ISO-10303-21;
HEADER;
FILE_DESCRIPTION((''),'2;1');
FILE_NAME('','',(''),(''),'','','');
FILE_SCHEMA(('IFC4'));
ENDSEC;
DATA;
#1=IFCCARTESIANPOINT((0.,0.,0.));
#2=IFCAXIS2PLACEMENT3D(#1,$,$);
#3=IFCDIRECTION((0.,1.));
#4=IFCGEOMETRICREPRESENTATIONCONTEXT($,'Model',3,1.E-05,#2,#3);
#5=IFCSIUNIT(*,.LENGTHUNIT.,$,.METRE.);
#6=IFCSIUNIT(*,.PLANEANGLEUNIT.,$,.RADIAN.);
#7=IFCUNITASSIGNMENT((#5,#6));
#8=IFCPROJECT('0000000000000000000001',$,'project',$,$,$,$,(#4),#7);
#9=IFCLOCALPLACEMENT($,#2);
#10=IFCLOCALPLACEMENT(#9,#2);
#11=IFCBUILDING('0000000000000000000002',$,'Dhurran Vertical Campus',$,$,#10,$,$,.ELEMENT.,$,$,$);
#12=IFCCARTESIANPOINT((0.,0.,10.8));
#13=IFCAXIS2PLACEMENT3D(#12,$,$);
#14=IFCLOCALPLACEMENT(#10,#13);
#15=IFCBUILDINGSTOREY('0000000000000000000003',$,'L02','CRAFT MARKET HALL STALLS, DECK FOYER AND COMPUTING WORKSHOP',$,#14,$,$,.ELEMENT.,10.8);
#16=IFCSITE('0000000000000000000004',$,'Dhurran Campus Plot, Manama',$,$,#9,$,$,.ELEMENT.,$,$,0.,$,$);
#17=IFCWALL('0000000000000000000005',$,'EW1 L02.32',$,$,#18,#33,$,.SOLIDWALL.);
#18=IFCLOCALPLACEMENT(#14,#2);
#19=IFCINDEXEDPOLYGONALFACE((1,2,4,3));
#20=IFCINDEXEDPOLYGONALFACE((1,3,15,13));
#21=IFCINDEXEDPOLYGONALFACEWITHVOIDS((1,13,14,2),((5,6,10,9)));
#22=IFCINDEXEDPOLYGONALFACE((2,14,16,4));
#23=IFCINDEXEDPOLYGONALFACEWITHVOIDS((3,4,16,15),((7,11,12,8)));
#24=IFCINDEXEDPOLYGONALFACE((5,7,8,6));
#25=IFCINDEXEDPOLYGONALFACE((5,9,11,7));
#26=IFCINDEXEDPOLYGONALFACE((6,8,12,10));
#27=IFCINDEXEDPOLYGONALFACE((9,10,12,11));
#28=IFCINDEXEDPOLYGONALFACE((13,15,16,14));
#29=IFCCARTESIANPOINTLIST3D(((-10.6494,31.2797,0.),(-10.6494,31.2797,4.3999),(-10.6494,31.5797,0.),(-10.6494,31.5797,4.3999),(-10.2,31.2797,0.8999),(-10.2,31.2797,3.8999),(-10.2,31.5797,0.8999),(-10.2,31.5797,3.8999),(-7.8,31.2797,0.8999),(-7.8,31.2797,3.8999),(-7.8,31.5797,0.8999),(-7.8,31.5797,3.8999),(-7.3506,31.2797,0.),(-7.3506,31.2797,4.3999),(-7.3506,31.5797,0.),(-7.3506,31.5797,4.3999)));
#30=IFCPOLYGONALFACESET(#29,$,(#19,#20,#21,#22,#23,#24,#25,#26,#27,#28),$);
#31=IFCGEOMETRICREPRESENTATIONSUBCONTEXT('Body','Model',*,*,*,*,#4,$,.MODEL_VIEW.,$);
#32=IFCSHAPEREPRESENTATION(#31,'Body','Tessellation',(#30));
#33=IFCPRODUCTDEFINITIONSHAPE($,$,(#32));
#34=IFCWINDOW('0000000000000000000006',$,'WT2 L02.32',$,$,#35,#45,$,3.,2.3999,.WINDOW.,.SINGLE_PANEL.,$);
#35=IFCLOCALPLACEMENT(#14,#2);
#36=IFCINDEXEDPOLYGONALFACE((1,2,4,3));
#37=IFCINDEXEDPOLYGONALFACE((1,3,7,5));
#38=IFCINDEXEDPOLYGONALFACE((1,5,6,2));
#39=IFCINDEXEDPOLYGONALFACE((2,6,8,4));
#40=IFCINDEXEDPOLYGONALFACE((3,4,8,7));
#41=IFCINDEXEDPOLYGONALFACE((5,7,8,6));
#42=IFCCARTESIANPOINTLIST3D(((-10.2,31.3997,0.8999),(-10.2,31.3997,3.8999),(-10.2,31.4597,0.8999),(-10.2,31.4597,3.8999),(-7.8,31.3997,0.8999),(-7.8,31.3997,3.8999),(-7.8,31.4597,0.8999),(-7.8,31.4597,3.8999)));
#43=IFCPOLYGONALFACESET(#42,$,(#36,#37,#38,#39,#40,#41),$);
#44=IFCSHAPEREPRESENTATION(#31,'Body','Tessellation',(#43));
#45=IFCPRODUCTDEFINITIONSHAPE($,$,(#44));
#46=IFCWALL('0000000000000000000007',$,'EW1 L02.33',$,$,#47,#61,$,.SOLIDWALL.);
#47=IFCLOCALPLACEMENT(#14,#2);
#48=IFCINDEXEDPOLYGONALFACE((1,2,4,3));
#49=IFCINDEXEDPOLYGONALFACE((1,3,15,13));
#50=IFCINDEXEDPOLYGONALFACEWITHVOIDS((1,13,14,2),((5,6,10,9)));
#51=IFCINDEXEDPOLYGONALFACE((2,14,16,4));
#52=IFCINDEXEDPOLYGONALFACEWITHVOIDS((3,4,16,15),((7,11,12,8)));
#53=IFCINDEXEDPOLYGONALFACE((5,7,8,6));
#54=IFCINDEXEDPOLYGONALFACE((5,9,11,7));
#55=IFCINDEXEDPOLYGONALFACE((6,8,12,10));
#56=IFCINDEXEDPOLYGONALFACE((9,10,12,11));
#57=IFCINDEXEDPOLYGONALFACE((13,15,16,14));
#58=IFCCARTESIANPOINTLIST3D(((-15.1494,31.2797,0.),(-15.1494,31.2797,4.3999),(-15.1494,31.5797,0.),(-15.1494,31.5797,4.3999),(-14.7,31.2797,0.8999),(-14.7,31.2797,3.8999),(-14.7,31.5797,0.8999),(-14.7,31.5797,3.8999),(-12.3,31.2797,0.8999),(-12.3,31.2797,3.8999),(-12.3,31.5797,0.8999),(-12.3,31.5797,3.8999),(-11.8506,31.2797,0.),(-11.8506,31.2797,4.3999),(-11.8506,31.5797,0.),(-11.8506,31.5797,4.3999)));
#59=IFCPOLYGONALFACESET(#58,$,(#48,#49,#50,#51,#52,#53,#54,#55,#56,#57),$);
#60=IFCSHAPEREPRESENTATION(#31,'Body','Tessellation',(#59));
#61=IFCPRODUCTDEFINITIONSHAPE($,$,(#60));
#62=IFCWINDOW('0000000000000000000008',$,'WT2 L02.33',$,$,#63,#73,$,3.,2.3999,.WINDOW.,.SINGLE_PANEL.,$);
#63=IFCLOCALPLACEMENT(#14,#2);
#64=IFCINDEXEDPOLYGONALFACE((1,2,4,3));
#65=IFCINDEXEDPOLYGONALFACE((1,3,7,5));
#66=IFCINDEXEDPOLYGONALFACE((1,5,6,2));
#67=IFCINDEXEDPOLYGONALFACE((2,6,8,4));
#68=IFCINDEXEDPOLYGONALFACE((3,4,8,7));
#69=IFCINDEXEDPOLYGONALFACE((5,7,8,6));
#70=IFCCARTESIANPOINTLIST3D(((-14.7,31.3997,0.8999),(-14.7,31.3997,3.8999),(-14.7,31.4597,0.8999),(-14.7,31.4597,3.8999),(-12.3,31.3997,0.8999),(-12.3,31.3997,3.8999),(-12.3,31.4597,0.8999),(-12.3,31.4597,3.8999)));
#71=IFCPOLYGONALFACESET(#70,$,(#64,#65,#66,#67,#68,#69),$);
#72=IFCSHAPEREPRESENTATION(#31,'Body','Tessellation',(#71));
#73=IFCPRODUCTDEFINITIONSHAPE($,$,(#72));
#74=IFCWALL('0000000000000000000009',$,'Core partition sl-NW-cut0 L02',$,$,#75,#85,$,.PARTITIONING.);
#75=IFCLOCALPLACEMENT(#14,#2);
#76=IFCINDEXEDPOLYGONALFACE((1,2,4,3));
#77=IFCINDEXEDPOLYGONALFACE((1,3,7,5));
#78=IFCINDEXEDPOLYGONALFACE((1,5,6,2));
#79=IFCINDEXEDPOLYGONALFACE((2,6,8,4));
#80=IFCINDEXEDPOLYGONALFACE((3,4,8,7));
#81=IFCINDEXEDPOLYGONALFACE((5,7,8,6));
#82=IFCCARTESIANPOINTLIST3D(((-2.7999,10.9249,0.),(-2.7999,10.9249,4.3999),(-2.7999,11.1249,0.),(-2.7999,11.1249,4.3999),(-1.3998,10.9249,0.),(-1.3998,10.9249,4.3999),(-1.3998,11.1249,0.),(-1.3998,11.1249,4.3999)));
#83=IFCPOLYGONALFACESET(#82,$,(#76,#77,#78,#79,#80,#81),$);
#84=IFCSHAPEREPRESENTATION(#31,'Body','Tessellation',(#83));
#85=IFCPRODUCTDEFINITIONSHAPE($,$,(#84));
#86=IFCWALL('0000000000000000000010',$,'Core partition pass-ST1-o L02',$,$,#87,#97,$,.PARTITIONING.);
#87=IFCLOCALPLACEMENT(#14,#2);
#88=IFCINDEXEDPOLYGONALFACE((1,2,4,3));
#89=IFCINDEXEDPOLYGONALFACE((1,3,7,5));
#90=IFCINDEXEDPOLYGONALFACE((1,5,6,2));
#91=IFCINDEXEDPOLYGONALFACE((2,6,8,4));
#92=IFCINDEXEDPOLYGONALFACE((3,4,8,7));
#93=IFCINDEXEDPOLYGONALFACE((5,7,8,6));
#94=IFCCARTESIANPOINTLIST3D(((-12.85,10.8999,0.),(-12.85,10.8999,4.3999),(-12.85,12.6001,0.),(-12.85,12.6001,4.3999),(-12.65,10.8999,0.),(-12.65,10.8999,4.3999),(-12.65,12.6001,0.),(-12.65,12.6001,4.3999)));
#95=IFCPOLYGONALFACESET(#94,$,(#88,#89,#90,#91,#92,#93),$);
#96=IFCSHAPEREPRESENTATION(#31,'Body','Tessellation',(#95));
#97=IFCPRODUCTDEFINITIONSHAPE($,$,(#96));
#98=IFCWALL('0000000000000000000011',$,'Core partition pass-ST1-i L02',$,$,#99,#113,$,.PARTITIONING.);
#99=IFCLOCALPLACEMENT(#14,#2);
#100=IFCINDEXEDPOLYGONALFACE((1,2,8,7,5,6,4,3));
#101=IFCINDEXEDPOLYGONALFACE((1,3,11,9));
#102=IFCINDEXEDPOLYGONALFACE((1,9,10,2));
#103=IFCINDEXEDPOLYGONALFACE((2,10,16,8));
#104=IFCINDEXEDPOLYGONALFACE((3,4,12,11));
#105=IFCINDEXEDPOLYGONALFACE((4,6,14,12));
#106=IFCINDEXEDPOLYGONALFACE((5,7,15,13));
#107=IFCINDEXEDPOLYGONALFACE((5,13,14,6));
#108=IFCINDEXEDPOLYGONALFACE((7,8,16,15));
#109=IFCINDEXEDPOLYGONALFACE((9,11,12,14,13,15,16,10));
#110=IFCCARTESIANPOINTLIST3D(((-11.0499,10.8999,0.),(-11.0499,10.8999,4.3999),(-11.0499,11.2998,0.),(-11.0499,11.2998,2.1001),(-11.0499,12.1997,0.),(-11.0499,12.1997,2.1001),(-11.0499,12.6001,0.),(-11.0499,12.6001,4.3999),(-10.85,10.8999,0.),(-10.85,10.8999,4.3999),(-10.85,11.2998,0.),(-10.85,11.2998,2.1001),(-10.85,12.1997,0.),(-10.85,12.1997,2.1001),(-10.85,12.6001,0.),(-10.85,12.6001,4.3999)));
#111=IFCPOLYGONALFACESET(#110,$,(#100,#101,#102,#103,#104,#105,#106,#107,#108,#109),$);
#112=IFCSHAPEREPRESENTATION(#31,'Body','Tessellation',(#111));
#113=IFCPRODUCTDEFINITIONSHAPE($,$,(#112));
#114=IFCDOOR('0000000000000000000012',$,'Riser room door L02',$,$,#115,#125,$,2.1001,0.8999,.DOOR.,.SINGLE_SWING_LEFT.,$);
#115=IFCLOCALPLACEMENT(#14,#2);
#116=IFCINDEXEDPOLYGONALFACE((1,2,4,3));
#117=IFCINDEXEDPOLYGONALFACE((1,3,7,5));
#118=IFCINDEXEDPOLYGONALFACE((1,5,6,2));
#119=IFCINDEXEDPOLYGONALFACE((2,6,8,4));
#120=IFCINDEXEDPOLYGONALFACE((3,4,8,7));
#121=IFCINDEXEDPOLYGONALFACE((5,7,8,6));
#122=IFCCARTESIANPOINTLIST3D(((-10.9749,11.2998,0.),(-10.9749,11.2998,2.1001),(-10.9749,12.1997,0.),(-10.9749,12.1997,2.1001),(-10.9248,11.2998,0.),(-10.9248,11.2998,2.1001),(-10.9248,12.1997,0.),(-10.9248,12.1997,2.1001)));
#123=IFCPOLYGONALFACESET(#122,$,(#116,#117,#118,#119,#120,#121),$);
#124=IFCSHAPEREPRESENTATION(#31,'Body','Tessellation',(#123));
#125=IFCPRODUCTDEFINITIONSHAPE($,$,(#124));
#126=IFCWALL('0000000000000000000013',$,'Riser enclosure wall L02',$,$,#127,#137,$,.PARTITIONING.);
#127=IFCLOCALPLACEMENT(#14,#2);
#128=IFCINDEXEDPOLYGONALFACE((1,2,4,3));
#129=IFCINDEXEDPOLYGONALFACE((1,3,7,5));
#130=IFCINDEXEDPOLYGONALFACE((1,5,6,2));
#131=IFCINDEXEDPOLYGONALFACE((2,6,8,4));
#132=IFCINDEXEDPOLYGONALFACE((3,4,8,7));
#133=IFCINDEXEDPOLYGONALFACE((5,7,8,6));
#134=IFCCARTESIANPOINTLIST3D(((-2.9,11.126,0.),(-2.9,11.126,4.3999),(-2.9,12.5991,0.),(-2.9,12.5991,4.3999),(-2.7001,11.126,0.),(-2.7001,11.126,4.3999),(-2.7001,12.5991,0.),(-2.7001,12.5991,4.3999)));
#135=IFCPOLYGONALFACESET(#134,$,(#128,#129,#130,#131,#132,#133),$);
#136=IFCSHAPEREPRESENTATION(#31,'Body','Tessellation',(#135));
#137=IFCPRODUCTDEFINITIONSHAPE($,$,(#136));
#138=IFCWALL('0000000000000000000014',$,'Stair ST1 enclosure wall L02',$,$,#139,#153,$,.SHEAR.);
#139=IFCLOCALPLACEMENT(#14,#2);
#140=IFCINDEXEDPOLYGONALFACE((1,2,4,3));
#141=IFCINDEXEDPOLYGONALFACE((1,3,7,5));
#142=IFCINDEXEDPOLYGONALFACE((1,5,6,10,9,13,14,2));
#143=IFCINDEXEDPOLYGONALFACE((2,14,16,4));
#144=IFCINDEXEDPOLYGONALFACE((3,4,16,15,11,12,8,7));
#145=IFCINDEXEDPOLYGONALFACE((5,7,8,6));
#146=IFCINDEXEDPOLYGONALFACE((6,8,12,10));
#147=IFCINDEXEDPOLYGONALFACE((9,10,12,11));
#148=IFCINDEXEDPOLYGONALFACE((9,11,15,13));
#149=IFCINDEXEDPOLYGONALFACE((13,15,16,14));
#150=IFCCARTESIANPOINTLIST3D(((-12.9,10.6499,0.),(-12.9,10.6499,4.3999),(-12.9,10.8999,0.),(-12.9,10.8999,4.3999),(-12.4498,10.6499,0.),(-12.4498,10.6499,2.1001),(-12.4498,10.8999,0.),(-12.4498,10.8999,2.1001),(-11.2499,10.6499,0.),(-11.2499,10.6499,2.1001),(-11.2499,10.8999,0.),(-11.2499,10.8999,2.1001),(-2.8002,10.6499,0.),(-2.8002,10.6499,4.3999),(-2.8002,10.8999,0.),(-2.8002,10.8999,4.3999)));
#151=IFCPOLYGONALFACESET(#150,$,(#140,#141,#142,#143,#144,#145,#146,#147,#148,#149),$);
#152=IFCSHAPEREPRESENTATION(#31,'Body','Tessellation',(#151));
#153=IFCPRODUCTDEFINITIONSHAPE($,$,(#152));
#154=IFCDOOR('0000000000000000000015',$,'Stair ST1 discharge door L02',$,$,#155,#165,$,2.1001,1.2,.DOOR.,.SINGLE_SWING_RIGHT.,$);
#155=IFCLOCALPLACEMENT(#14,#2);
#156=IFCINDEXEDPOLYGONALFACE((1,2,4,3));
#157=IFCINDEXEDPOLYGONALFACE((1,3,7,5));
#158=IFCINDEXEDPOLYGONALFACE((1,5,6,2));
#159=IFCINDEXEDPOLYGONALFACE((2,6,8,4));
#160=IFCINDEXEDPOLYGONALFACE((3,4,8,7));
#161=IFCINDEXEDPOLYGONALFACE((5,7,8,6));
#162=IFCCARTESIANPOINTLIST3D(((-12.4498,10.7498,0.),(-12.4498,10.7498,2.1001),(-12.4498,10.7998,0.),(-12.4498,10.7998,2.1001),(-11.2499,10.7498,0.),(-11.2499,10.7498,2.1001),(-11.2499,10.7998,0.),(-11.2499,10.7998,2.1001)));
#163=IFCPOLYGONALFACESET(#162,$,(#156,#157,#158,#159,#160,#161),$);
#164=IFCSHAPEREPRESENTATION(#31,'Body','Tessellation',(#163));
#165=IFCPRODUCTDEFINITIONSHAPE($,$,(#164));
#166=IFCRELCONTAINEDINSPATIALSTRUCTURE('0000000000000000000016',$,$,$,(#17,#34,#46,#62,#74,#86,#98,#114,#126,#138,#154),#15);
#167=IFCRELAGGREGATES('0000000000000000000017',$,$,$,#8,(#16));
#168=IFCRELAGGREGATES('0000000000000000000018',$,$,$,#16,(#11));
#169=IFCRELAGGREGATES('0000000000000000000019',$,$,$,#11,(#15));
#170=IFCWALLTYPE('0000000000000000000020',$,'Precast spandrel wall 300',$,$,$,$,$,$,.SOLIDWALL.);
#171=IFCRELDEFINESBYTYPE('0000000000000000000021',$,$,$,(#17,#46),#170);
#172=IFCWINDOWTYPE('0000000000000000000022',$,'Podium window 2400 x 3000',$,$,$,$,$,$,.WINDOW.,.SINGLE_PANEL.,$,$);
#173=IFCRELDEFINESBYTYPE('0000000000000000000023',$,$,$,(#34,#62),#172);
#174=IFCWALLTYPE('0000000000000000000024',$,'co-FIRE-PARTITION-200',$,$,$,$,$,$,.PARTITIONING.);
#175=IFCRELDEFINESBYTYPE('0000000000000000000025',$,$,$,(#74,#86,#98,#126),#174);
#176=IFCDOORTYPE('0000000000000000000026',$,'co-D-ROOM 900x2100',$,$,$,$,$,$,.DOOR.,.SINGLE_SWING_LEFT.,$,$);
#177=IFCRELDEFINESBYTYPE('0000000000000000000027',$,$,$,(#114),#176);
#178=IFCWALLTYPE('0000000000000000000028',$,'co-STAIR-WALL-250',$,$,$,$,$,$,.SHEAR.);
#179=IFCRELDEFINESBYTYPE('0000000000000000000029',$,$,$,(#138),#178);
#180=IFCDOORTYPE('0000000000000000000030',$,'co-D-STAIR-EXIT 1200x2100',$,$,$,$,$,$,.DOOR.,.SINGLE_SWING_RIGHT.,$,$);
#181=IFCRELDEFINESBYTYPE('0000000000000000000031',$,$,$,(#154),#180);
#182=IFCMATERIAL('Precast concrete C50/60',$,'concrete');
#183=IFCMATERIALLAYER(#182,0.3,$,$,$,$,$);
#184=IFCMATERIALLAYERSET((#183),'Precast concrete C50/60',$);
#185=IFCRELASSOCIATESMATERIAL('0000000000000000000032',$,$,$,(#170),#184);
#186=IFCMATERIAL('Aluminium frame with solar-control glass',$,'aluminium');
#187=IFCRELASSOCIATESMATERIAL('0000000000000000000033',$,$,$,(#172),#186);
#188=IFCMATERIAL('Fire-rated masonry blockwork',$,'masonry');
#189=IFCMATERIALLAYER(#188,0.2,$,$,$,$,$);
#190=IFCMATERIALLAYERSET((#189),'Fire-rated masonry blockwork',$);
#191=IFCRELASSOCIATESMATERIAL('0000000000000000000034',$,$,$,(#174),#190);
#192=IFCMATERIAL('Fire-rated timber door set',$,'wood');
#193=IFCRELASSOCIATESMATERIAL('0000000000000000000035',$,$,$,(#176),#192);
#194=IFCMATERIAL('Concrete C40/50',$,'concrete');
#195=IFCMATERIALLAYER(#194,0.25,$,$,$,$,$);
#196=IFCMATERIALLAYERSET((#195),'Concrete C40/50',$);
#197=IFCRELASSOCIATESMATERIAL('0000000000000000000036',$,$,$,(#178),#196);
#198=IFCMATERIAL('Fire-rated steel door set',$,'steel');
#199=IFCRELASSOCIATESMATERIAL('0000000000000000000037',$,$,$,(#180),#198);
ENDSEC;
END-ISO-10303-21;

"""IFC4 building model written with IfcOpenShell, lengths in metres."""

from ifc_helpers import new_model, si_unit, direction, frame, frame_2d, origin, place, context, subcontext, project, spatial, rectangle, extrude, material, layer, layer_set, type_object, element, fill, save


model = new_model("IFC4")

# Units and contexts
model_context = context("Model", 3, precision=1e-05, world=origin(), true_north=direction((0.0, 1.0)))
body_context = subcontext(model_context, "Body", "Model", "MODEL_VIEW")
ifc_project = project(units=[si_unit("LENGTHUNIT", "METRE"), si_unit("PLANEANGLEUNIT", "RADIAN")], contexts=[model_context])

# Site, building, storey
site_placement = place(None, origin())
site = spatial("IfcSite", under=ifc_project, at=site_placement, Name="Dhurran Campus Plot, Manama", CompositionType="ELEMENT", RefElevation=0.0)
building_placement = place(site_placement, origin())
building = spatial("IfcBuilding", under=site, at=building_placement, Name="Dhurran Vertical Campus", CompositionType="ELEMENT")
storey_placement = place(building_placement, frame((0.0, 0.0, 10.8)))
storey = spatial("IfcBuildingStorey", under=building, at=storey_placement, Name="L02", Description="CRAFT MARKET HALL STALLS, DECK FOYER AND COMPUTING WORKSHOP", CompositionType="ELEMENT", Elevation=10.8)

# Shared definitions
ifc_material_1 = material(Name="Precast concrete C50/60", Category="concrete")
ifc_layer_1 = layer(ifc_material_1, 0.3)
ifc_layer_set_1 = layer_set([ifc_layer_1], Name="Precast concrete C50/60")
wall_type_1 = type_object("IfcWallType", Name="Precast spandrel wall 300", PredefinedType="SOLIDWALL", material=ifc_layer_set_1)

# Walls, openings, windows
ifc_material_2 = material(Name="Aluminium frame with solar-control glass", Category="aluminium")
window_type = type_object("IfcWindowType", Name="Podium window 2400 x 3000", PartitioningType="SINGLE_PANEL", PredefinedType="WINDOW", material=ifc_material_2)
wall_1_placement = place(storey_placement, frame((-7.3506, 31.4297, 0.0), z_axis=(0.0, 0.0, 1.0), x_axis=(-1.0, 0.0, 0.0)))
wall_1 = element("IfcWall", 1, at=wall_1_placement, inside=storey, type_object=wall_type_1, Name="EW1 L02.32", PredefinedType="SOLIDWALL", context=body_context, shape_type="SweptSolid", body=[
    extrude(rectangle(XDim=3.2988, YDim=0.3, at=frame_2d((1.6494, 0.0))), origin(), (0.0, 0.0, 1.0), 4.3999),
])
opening_1_placement = place(wall_1_placement, frame((0.4495, 0.0, 0.8999)))
opening_1 = element("IfcOpeningElement", 2, at=opening_1_placement, cuts=wall_1, PredefinedType="OPENING", context=body_context, shape_type="SweptSolid", body=[
    extrude(rectangle(XDim=2.3999, YDim=3.0, at=frame_2d((1.2, 1.5))), frame((0.0, 0.1599, 0.0), z_axis=(0.0, -1.0, 0.0), x_axis=(1.0, 0.0, 0.0)), (0.0, 0.0, 1.0), 0.3201),
])
window_1_placement = place(opening_1_placement, origin())
window_1 = element("IfcWindow", 3, at=window_1_placement, inside=storey, type_object=window_type, Name="WT2 L02.32", OverallHeight=3.0, OverallWidth=2.3999, PartitioningType="SINGLE_PANEL", PredefinedType="WINDOW", context=body_context, shape_type="SweptSolid", body=[
    extrude(rectangle(XDim=2.3999, YDim=3.0, at=frame_2d((1.2, 1.5))), frame((0.0, 0.03, 0.0), z_axis=(0.0, -1.0, 0.0), x_axis=(1.0, 0.0, 0.0)), (0.0, 0.0, 1.0), 0.0601),
])
fill(opening_1, window_1)
wall_2_placement = place(storey_placement, frame((-11.8506, 31.4297, 0.0), z_axis=(0.0, 0.0, 1.0), x_axis=(-1.0, 0.0, 0.0)))
wall_2 = element("IfcWall", 4, at=wall_2_placement, inside=storey, type_object=wall_type_1, Name="EW1 L02.33", PredefinedType="SOLIDWALL", context=body_context, shape_type="SweptSolid", body=[
    extrude(rectangle(XDim=3.2988, YDim=0.3, at=frame_2d((1.6494, 0.0))), origin(), (0.0, 0.0, 1.0), 4.3999),
])
opening_2_placement = place(wall_2_placement, frame((0.4495, 0.0, 0.8999)))
opening_2 = element("IfcOpeningElement", 5, at=opening_2_placement, cuts=wall_2, PredefinedType="OPENING", context=body_context, shape_type="SweptSolid", body=[
    extrude(rectangle(XDim=2.3999, YDim=3.0, at=frame_2d((1.2, 1.5))), frame((0.0, 0.1599, 0.0), z_axis=(0.0, -1.0, 0.0), x_axis=(1.0, 0.0, 0.0)), (0.0, 0.0, 1.0), 0.3201),
])
window_2_placement = place(opening_2_placement, origin())
window_2 = element("IfcWindow", 6, at=window_2_placement, inside=storey, type_object=window_type, Name="WT2 L02.33", OverallHeight=3.0, OverallWidth=2.3999, PartitioningType="SINGLE_PANEL", PredefinedType="WINDOW", context=body_context, shape_type="SweptSolid", body=[
    extrude(rectangle(XDim=2.3999, YDim=3.0, at=frame_2d((1.2, 1.5))), frame((0.0, 0.03, 0.0), z_axis=(0.0, -1.0, 0.0), x_axis=(1.0, 0.0, 0.0)), (0.0, 0.0, 1.0), 0.0601),
])
fill(opening_2, window_2)

# Walls
ifc_material_3 = material(Name="Fire-rated masonry blockwork", Category="masonry")
ifc_layer_2 = layer(ifc_material_3, 0.2)
ifc_layer_set_2 = layer_set([ifc_layer_2], Name="Fire-rated masonry blockwork")
wall_type_2 = type_object("IfcWallType", Name="co-FIRE-PARTITION-200", PredefinedType="PARTITIONING", material=ifc_layer_set_2)
wall_3_placement = place(storey_placement, frame((-2.8, 11.0249, 0.0), z_axis=(0.0, 0.0, 1.0), x_axis=(1.0, 0.0, 0.0)))
element("IfcWall", 7, at=wall_3_placement, inside=storey, type_object=wall_type_2, Name="Core partition sl-NW-cut0 L02", PredefinedType="PARTITIONING", context=body_context, shape_type="SweptSolid", body=[
    extrude(rectangle(XDim=1.4001, YDim=0.2, at=frame_2d((0.7002, 0.0))), origin(), (0.0, 0.0, 1.0), 4.3999),
])
wall_4_placement = place(storey_placement, frame((-12.75, 10.8999, 0.0), z_axis=(0.0, 0.0, 1.0), x_axis=(0.0, 1.0, 0.0)))
element("IfcWall", 8, at=wall_4_placement, inside=storey, type_object=wall_type_2, Name="Core partition pass-ST1-o L02", PredefinedType="PARTITIONING", context=body_context, shape_type="SweptSolid", body=[
    extrude(rectangle(XDim=1.7002, YDim=0.2, at=frame_2d((0.8501, 0.0))), origin(), (0.0, 0.0, 1.0), 4.3999),
])

# Wall, opening, door
wall_5_placement = place(storey_placement, frame((-10.95, 10.8999, 0.0), z_axis=(0.0, 0.0, 1.0), x_axis=(0.0, 1.0, 0.0)))
wall_5 = element("IfcWall", 9, at=wall_5_placement, inside=storey, type_object=wall_type_2, Name="Core partition pass-ST1-i L02", PredefinedType="PARTITIONING", context=body_context, shape_type="SweptSolid", body=[
    extrude(rectangle(XDim=1.7002, YDim=0.2, at=frame_2d((0.8501, 0.0))), origin(), (0.0, 0.0, 1.0), 4.3999),
])
opening_3_placement = place(wall_5_placement, frame((0.3999, 0.0, 0.0)))
opening_3 = element("IfcOpeningElement", 10, at=opening_3_placement, cuts=wall_5, PredefinedType="OPENING", context=body_context, shape_type="SweptSolid", body=[
    extrude(rectangle(XDim=0.8999, YDim=2.1001, at=frame_2d((0.45, 1.05))), frame((0.0, 0.1099, 0.0), z_axis=(0.0, -1.0, 0.0), x_axis=(1.0, 0.0, 0.0)), (0.0, 0.0, 1.0), 0.22),
])
ifc_material_4 = material(Name="Fire-rated timber door set", Category="wood")
door_type_1 = type_object("IfcDoorType", Name="co-D-ROOM 900x2100", OperationType="SINGLE_SWING_LEFT", PredefinedType="DOOR", material=ifc_material_4)
door_1_placement = place(opening_3_placement, origin())
door_1 = element("IfcDoor", 11, at=door_1_placement, inside=storey, type_object=door_type_1, Name="Riser room door L02", OperationType="SINGLE_SWING_LEFT", OverallHeight=2.1001, OverallWidth=0.8999, PredefinedType="DOOR", context=body_context, shape_type="SweptSolid", body=[
    extrude(rectangle(XDim=0.8999, YDim=2.1001, at=frame_2d((0.45, 1.05))), frame((0.0, 0.0249, 0.0), z_axis=(0.0, -1.0, 0.0), x_axis=(1.0, 0.0, 0.0)), (0.0, 0.0, 1.0), 0.05),
])
fill(opening_3, door_1)

# Wall
wall_6_placement = place(storey_placement, frame((-2.8, 11.126, 0.0), z_axis=(0.0, 0.0, 1.0), x_axis=(0.0, 1.0, 0.0)))
element("IfcWall", 12, at=wall_6_placement, inside=storey, type_object=wall_type_2, Name="Riser enclosure wall L02", PredefinedType="PARTITIONING", context=body_context, shape_type="SweptSolid", body=[
    extrude(rectangle(XDim=1.4731, YDim=0.2, at=frame_2d((0.7366, 0.0))), origin(), (0.0, 0.0, 1.0), 4.3999),
])

# Wall, opening, door
ifc_material_5 = material(Name="Concrete C40/50", Category="concrete")
ifc_layer_3 = layer(ifc_material_5, 0.25)
ifc_layer_set_3 = layer_set([ifc_layer_3], Name="Concrete C40/50")
wall_type_3 = type_object("IfcWallType", Name="co-STAIR-WALL-250", PredefinedType="SHEAR", material=ifc_layer_set_3)
wall_7_placement = place(storey_placement, frame((-12.8999, 10.7749, 0.0), z_axis=(0.0, 0.0, 1.0), x_axis=(1.0, 0.0, 0.0)))
wall_7 = element("IfcWall", 13, at=wall_7_placement, inside=storey, type_object=wall_type_3, Name="Stair ST1 enclosure wall L02", PredefinedType="SHEAR", context=body_context, shape_type="SweptSolid", body=[
    extrude(rectangle(XDim=10.0999, YDim=0.25, at=frame_2d((5.0498, 0.0))), origin(), (0.0, 0.0, 1.0), 4.3999),
])
opening_4_placement = place(wall_7_placement, frame((0.45, 0.0, 0.0)))
opening_4 = element("IfcOpeningElement", 14, at=opening_4_placement, cuts=wall_7, PredefinedType="OPENING", context=body_context, shape_type="SweptSolid", body=[
    extrude(rectangle(XDim=1.2, YDim=2.1001, at=frame_2d((0.6001, 1.05))), frame((0.0, 0.135, 0.0), z_axis=(0.0, -1.0, 0.0), x_axis=(1.0, 0.0, 0.0)), (0.0, 0.0, 1.0), 0.27),
])
ifc_material_6 = material(Name="Fire-rated steel door set", Category="steel")
door_type_2 = type_object("IfcDoorType", Name="co-D-STAIR-EXIT 1200x2100", OperationType="SINGLE_SWING_RIGHT", PredefinedType="DOOR", material=ifc_material_6)
door_2_placement = place(opening_4_placement, origin())
door_2 = element("IfcDoor", 15, at=door_2_placement, inside=storey, type_object=door_type_2, Name="Stair ST1 discharge door L02", OperationType="SINGLE_SWING_RIGHT", OverallHeight=2.1001, OverallWidth=1.2, PredefinedType="DOOR", context=body_context, shape_type="SweptSolid", body=[
    extrude(rectangle(XDim=1.2, YDim=2.1001, at=frame_2d((0.6001, 1.05))), frame((0.0, 0.0249, 0.0), z_axis=(0.0, -1.0, 0.0), x_axis=(1.0, 0.0, 0.0)), (0.0, 0.0, 1.0), 0.05),
])
fill(opening_4, door_2)

save(model, "model.ifc")
